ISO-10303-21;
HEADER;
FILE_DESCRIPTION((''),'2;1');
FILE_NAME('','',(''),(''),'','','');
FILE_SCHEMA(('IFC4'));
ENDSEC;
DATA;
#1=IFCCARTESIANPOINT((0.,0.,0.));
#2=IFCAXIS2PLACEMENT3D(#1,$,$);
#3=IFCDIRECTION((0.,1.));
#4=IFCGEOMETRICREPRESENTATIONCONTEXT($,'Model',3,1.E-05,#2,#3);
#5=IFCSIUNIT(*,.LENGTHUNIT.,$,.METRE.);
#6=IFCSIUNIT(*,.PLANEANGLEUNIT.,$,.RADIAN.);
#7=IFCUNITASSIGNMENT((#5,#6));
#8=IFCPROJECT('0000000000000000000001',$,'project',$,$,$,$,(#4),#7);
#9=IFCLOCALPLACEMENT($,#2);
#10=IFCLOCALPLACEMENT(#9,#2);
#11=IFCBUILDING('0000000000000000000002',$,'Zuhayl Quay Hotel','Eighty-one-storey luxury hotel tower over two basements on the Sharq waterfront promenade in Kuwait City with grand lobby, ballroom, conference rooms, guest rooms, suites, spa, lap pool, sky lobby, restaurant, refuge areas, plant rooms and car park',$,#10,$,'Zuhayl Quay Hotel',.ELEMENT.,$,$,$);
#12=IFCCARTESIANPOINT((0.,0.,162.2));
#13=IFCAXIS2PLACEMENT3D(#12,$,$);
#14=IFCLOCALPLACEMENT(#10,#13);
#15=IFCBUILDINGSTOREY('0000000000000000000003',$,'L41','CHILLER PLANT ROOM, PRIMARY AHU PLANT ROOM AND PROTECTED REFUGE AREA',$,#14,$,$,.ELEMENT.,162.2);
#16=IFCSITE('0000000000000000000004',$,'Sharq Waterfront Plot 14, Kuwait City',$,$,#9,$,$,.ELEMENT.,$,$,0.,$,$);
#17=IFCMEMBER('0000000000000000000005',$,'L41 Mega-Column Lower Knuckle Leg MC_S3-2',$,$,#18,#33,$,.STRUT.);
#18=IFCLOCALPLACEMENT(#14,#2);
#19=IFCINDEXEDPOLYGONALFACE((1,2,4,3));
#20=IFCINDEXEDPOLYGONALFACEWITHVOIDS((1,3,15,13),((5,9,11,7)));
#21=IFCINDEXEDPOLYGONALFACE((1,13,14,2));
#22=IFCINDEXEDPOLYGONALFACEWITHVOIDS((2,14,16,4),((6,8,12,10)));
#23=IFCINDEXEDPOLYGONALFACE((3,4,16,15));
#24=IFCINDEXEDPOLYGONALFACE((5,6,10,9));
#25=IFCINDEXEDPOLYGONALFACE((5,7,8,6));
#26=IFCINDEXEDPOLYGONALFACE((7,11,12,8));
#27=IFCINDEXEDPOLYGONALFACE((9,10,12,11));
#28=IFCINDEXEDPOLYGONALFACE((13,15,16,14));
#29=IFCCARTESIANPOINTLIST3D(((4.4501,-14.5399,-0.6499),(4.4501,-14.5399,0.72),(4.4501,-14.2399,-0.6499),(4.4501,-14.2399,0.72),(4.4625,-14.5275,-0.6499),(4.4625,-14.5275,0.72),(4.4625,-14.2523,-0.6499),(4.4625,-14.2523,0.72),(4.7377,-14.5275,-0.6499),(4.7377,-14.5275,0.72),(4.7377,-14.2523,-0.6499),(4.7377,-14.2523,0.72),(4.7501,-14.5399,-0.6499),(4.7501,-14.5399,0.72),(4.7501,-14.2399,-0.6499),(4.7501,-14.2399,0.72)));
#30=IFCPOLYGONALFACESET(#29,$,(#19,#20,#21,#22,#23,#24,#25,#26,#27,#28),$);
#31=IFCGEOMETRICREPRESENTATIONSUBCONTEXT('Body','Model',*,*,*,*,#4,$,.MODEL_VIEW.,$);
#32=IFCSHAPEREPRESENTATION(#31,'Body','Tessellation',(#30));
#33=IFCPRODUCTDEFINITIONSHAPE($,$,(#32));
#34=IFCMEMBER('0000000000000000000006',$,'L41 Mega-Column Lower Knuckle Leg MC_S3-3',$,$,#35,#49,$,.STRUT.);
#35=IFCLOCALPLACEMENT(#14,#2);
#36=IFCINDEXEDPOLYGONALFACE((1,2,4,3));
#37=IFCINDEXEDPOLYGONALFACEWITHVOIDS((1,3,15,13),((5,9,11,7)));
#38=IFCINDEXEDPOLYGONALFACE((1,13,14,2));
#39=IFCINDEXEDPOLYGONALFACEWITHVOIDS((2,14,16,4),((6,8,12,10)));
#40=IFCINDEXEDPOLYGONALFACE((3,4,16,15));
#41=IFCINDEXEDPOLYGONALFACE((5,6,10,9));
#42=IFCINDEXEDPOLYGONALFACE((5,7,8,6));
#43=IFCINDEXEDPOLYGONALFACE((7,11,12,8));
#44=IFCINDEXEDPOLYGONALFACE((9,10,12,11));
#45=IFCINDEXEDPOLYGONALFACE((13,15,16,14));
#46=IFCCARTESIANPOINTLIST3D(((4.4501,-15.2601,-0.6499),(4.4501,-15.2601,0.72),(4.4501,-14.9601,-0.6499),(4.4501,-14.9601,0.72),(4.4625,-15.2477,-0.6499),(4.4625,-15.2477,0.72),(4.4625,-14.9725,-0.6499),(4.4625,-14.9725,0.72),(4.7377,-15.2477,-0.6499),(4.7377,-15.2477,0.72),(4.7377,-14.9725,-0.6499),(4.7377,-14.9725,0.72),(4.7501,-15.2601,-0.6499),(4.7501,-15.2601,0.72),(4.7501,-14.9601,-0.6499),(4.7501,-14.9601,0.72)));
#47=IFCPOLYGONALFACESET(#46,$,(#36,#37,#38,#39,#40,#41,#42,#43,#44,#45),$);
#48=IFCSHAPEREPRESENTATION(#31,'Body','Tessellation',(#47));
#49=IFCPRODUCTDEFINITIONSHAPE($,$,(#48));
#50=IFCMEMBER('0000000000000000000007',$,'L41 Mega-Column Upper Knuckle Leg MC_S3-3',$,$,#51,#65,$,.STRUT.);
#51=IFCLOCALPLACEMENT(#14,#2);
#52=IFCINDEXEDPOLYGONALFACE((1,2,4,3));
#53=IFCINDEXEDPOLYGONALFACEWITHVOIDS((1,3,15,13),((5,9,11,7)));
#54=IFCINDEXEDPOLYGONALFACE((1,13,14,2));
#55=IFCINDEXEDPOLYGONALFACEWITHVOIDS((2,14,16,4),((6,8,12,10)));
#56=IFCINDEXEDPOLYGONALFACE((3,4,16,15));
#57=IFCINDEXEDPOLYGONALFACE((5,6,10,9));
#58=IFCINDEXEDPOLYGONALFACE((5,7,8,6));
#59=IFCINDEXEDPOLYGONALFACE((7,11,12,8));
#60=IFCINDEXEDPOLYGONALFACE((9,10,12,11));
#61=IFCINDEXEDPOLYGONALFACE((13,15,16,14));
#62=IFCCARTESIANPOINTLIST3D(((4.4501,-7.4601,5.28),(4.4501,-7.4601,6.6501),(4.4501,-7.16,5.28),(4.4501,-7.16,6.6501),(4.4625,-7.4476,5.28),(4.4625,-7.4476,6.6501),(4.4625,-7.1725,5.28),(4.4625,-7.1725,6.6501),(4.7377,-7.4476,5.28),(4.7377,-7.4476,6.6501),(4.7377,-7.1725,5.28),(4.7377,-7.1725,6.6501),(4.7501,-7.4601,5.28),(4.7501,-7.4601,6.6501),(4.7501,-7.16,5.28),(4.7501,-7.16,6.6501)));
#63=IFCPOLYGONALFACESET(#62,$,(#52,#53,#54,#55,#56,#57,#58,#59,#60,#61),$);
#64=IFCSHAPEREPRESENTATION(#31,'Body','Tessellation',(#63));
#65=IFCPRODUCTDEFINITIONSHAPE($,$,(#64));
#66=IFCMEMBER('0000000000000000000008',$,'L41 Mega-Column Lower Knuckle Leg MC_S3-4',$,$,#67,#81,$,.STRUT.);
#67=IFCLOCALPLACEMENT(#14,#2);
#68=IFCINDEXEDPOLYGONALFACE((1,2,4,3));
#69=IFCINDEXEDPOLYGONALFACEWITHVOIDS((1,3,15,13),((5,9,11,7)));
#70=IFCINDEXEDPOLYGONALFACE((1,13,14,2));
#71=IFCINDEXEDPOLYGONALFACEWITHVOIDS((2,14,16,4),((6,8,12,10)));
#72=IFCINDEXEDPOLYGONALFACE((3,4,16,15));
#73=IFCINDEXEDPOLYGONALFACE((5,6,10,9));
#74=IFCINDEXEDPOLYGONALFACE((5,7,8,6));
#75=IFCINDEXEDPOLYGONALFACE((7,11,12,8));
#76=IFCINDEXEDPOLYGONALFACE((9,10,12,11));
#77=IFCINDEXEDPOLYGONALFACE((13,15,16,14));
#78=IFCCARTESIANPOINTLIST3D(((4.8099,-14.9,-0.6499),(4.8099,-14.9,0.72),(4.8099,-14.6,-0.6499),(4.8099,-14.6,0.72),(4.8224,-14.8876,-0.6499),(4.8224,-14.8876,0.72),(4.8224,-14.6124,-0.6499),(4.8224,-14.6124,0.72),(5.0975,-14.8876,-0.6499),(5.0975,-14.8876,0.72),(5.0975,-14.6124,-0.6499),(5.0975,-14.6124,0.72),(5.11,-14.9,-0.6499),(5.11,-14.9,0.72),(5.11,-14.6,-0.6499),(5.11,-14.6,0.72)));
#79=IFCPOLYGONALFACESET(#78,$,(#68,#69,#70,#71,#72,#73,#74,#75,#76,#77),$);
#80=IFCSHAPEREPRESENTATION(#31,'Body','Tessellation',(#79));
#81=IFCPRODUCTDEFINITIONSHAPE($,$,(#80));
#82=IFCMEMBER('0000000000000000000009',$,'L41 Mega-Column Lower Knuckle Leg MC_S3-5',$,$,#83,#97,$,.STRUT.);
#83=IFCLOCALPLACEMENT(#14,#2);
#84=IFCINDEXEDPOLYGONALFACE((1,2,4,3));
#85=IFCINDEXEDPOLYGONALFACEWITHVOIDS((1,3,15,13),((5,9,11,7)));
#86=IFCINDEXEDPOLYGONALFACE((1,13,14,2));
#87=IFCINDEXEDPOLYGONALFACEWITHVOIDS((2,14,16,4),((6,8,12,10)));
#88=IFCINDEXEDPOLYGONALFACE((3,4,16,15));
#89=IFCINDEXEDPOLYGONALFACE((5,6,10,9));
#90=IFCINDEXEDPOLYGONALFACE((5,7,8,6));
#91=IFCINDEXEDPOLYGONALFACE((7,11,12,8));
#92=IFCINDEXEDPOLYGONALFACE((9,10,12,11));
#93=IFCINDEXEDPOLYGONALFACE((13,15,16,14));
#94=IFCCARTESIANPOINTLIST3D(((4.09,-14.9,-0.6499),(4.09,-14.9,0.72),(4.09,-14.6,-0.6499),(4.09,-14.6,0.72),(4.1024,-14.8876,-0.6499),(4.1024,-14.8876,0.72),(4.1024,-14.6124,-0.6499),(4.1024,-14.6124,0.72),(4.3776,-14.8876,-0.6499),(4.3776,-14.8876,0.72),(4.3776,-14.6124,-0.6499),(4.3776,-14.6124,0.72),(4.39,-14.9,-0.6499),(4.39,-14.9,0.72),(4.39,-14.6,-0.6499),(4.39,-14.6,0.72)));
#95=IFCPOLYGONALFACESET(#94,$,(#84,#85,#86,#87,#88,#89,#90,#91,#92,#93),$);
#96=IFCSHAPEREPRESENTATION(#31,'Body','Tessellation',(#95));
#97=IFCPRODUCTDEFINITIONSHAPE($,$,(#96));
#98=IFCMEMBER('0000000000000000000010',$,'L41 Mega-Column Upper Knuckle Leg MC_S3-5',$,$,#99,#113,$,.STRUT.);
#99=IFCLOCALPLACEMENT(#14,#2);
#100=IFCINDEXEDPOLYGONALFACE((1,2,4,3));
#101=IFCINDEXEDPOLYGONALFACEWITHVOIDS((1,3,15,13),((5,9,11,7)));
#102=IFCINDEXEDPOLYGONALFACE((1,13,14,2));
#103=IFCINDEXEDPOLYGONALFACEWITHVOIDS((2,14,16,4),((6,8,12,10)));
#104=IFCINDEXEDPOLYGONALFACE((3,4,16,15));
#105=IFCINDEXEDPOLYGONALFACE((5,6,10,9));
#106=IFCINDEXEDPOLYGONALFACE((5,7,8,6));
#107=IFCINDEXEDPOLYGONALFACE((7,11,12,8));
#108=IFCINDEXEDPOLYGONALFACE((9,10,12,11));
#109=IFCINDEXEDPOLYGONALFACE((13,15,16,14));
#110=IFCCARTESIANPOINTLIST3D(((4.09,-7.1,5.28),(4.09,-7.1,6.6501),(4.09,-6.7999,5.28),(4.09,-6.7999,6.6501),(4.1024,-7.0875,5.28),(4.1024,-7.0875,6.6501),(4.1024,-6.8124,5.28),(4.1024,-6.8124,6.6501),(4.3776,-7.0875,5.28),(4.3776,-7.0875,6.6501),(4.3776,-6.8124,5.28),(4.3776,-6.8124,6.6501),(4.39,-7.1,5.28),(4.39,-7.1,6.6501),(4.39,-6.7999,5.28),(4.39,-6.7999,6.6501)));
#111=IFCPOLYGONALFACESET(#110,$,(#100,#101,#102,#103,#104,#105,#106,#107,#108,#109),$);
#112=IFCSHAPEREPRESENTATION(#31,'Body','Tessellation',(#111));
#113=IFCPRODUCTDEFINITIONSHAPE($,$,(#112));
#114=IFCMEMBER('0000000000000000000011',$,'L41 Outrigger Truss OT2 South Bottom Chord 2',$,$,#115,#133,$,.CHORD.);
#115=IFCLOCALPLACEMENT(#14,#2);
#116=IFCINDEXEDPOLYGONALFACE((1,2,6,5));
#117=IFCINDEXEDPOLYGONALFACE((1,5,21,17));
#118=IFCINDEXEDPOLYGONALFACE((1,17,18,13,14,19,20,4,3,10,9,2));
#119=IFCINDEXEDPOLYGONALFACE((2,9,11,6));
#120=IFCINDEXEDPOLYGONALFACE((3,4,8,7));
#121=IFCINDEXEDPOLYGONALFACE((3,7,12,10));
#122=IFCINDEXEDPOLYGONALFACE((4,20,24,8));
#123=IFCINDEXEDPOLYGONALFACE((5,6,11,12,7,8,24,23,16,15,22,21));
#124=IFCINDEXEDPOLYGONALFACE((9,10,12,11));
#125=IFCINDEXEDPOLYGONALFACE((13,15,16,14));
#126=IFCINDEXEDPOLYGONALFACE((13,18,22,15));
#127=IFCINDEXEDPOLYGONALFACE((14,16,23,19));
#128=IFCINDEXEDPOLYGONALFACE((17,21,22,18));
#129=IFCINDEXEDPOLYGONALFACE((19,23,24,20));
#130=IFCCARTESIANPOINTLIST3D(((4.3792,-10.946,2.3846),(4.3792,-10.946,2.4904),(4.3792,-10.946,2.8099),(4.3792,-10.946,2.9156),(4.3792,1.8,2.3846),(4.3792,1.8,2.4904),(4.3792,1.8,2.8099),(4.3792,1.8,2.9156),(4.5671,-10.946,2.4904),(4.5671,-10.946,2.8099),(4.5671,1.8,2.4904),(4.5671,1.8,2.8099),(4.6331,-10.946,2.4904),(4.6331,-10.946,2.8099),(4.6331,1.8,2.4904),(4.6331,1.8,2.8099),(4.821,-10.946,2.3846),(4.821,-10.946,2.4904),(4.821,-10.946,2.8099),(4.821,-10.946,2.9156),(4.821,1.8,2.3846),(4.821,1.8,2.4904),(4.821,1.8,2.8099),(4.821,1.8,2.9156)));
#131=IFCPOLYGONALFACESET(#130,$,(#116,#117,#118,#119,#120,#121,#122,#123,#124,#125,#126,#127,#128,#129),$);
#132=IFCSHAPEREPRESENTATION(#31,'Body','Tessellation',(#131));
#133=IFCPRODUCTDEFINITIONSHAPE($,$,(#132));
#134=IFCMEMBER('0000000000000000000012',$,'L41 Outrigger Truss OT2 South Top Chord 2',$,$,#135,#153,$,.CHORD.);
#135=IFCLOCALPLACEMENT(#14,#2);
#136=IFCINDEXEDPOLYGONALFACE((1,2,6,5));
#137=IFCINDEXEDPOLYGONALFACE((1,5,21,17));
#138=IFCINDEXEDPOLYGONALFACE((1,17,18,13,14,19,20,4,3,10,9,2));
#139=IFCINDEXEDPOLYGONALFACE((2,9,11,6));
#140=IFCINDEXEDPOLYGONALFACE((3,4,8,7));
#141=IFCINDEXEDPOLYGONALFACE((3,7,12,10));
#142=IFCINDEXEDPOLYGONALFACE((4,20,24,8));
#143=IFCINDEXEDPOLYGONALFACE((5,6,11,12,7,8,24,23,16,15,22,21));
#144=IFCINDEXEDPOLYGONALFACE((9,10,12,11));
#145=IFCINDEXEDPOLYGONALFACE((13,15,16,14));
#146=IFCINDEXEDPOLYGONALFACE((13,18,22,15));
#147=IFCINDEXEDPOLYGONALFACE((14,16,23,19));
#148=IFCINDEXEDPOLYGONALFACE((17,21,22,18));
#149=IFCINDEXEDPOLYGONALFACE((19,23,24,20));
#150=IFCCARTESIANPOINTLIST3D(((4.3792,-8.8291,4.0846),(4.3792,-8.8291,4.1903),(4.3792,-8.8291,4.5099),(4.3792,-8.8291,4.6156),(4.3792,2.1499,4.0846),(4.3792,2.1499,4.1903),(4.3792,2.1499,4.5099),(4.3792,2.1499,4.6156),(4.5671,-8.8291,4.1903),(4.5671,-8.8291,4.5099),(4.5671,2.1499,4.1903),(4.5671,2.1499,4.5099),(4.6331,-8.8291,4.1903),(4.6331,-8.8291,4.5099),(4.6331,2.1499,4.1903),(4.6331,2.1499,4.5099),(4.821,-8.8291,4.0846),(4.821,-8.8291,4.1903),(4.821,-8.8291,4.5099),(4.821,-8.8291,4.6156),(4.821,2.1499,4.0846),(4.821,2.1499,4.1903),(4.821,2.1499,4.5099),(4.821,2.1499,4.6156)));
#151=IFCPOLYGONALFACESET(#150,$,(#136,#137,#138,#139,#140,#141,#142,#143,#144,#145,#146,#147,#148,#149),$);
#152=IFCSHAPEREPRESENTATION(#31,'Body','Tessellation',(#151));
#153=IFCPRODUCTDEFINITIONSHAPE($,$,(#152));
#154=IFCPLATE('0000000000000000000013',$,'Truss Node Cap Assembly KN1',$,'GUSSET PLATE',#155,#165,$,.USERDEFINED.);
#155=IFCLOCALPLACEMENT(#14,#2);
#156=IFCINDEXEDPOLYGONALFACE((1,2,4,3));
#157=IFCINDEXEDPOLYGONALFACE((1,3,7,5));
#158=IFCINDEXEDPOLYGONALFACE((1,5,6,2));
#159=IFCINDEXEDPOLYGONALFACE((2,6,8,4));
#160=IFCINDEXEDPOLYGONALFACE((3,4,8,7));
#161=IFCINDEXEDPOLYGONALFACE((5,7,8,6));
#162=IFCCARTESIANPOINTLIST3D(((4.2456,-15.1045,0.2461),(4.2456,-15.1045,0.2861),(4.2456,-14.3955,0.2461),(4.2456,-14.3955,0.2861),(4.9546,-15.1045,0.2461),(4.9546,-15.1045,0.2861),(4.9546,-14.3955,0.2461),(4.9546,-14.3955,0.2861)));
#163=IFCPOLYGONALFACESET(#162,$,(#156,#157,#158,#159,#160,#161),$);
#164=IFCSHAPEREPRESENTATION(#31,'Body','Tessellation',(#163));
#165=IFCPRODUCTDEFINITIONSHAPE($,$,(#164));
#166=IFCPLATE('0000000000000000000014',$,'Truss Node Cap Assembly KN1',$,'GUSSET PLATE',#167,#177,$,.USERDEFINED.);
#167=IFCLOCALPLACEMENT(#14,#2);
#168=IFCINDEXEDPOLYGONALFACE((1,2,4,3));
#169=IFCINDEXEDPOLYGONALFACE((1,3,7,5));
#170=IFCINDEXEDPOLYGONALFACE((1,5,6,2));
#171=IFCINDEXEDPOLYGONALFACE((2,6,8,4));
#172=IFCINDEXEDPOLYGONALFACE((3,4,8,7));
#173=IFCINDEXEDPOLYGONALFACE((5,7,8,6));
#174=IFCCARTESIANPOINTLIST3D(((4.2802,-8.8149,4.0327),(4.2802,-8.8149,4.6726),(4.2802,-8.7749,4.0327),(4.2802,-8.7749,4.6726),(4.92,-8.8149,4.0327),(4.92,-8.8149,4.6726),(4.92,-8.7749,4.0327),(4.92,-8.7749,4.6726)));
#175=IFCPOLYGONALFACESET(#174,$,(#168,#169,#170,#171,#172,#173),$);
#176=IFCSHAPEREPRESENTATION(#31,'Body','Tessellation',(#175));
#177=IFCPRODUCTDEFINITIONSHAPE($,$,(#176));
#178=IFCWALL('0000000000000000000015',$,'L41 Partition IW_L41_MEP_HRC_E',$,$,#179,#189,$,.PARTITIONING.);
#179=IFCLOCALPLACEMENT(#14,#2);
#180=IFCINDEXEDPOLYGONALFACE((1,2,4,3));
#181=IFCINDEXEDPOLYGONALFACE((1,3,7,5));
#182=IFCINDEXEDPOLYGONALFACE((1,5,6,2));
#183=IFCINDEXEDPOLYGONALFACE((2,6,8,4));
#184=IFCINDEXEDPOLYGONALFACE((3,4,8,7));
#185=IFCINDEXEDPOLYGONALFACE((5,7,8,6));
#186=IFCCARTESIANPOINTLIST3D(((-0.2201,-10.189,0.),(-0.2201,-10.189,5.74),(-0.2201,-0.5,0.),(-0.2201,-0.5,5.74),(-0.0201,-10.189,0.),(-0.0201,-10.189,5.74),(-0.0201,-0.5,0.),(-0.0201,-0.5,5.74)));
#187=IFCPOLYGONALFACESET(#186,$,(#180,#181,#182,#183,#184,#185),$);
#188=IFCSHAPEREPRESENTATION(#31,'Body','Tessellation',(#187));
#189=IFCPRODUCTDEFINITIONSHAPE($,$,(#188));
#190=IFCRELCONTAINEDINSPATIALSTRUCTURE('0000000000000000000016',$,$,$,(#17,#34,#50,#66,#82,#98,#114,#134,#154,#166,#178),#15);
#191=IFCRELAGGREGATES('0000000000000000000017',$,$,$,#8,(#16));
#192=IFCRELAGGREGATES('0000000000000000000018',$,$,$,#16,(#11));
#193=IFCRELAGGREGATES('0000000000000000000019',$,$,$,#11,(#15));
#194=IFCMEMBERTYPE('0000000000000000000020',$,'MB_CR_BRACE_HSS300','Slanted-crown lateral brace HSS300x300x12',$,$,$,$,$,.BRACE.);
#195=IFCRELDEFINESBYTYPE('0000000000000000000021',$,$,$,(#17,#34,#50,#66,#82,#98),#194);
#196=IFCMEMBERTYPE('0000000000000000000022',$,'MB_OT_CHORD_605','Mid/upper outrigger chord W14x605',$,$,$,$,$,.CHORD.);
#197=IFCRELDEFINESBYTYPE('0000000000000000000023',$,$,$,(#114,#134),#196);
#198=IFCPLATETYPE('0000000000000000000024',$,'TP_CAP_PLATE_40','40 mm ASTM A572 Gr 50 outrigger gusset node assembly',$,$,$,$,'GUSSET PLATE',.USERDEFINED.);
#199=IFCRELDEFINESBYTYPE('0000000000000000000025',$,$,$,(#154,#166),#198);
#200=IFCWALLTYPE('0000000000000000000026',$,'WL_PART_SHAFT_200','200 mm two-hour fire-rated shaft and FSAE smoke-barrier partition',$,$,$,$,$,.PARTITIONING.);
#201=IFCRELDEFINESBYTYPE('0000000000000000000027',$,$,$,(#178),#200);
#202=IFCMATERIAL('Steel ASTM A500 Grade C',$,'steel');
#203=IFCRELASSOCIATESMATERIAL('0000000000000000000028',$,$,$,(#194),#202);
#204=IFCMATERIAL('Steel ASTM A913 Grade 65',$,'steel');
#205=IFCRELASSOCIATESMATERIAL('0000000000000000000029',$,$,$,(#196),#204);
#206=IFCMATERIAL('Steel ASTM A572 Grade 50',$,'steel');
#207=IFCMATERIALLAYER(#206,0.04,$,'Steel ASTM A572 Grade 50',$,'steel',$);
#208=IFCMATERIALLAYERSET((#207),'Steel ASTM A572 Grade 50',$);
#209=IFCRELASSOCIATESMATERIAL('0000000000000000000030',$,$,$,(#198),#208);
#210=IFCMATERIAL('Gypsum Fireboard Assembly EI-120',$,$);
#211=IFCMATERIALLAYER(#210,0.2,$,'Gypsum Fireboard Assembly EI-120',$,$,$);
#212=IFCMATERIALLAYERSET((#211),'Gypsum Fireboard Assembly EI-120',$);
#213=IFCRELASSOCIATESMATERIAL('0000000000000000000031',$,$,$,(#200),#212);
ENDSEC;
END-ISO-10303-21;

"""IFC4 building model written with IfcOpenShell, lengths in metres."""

from ifc_helpers import new_model, si_unit, direction, frame, frame_2d, origin, origin_2d, place, context, subcontext, project, spatial, rectangle, hollow_rectangle, i_section, extrude, material, layer, layer_set, material_profile, profile_set, type_object, element, save


model = new_model("IFC4")

# Units and contexts
model_context = context("Model", 3, precision=1e-05, world=origin(), true_north=direction((0.0, 1.0)))
body_context = subcontext(model_context, "Body", "Model", "MODEL_VIEW")
ifc_project = project(units=[si_unit("LENGTHUNIT", "METRE"), si_unit("PLANEANGLEUNIT", "RADIAN")], contexts=[model_context])

# Site, building, storey
site_placement = place(None, origin())
site = spatial("IfcSite", under=ifc_project, at=site_placement, Name="Sharq Waterfront Plot 14, Kuwait City", CompositionType="ELEMENT", RefElevation=0.0)
building_placement = place(site_placement, origin())
building = spatial("IfcBuilding", under=site, at=building_placement, Name="Zuhayl Quay Hotel", Description="Eighty-one-storey luxury hotel tower over two basements on the Sharq waterfront promenade in Kuwait City with grand lobby, ballroom, conference rooms, guest rooms, suites, spa, lap pool, sky lobby, restaurant, refuge areas, plant rooms and car park", LongName="Zuhayl Quay Hotel", CompositionType="ELEMENT")
storey_placement = place(building_placement, frame((0.0, 0.0, 162.2)))
storey = spatial("IfcBuildingStorey", under=building, at=storey_placement, Name="L41", Description="CHILLER PLANT ROOM, PRIMARY AHU PLANT ROOM AND PROTECTED REFUGE AREA", CompositionType="ELEMENT", Elevation=162.2)

# Shared definitions
ifc_material_1 = material(Name="Steel ASTM A913 Grade 65", Category="steel")

# Members
ifc_material_2 = material(Name="Steel ASTM A500 Grade C", Category="steel")
ifc_material_profile_1 = material_profile(ifc_material_2, hollow_rectangle(XDim=0.3, YDim=0.3, WallThickness=0.0125, at=origin_2d()), Name="HSS300X300X12")
ifc_profile_set_1 = profile_set([ifc_material_profile_1], Name="Steel ASTM A500 Grade C")
member_type_1 = type_object("IfcMemberType", Name="MB_CR_BRACE_HSS300", Description="Slanted-crown lateral brace HSS300x300x12", PredefinedType="BRACE", material=ifc_profile_set_1)
for number, where, z_axis, x_axis, name in (
    (1, (4.6001, -14.3899, -0.6499), (0.0, 0.0, 1.0), (1.0, 0.0, 0.0), "L41 Mega-Column Lower Knuckle Leg MC_S3-2"),
    (2, (4.6001, -15.1101, -0.6499), (0.0, 0.0, 1.0), (1.0, 0.0, 0.0), "L41 Mega-Column Lower Knuckle Leg MC_S3-3"),
):
    element("IfcMember", number, at=place(storey_placement, frame(where, z_axis=z_axis, x_axis=x_axis)), inside=storey, type_object=member_type_1, Name=name, PredefinedType="STRUT", context=body_context, shape_type="SweptSolid", body=[
        extrude(hollow_rectangle(XDim=0.3, YDim=0.3, WallThickness=0.0125, at=origin_2d()), origin(), (0.0, 0.0, 1.0), 1.3699),
    ])
member_1_placement = place(storey_placement, frame((4.6001, -7.3101, 5.28), z_axis=(0.0, 0.0, 1.0), x_axis=(1.0, 0.0, 0.0)))
element("IfcMember", 3, at=member_1_placement, inside=storey, type_object=member_type_1, Name="L41 Mega-Column Upper Knuckle Leg MC_S3-3", PredefinedType="STRUT", context=body_context, shape_type="SweptSolid", body=[
    extrude(hollow_rectangle(XDim=0.3, YDim=0.3, WallThickness=0.0125, at=origin_2d()), origin(), (0.0, 0.0, 1.0), 1.3701),
])
for number, where, z_axis, x_axis, name in (
    (4, (4.96, -14.75, -0.6499), (0.0, 0.0, 1.0), (1.0, 0.0, 0.0), "L41 Mega-Column Lower Knuckle Leg MC_S3-4"),
    (5, (4.24, -14.75, -0.6499), (0.0, 0.0, 1.0), (1.0, 0.0, 0.0), "L41 Mega-Column Lower Knuckle Leg MC_S3-5"),
):
    element("IfcMember", number, at=place(storey_placement, frame(where, z_axis=z_axis, x_axis=x_axis)), inside=storey, type_object=member_type_1, Name=name, PredefinedType="STRUT", context=body_context, shape_type="SweptSolid", body=[
        extrude(hollow_rectangle(XDim=0.3, YDim=0.3, WallThickness=0.0125, at=origin_2d()), origin(), (0.0, 0.0, 1.0), 1.3699),
    ])
member_2_placement = place(storey_placement, frame((4.24, -6.95, 5.28), z_axis=(0.0, 0.0, 1.0), x_axis=(1.0, 0.0, 0.0)))
element("IfcMember", 6, at=member_2_placement, inside=storey, type_object=member_type_1, Name="L41 Mega-Column Upper Knuckle Leg MC_S3-5", PredefinedType="STRUT", context=body_context, shape_type="SweptSolid", body=[
    extrude(hollow_rectangle(XDim=0.3, YDim=0.3, WallThickness=0.0125, at=origin_2d()), origin(), (0.0, 0.0, 1.0), 1.3701),
])
ifc_material_profile_2 = material_profile(ifc_material_1, i_section(OverallWidth=0.4419, OverallDepth=0.531, WebThickness=0.0659, FlangeThickness=0.1057, at=origin_2d()), Name="W14X605")
ifc_profile_set_2 = profile_set([ifc_material_profile_2], Name="Steel ASTM A913 Grade 65")
member_type_2 = type_object("IfcMemberType", Name="MB_OT_CHORD_605", Description="Mid/upper outrigger chord W14x605", PredefinedType="CHORD", material=ifc_profile_set_2)
member_3_placement = place(storey_placement, frame((4.6001, -10.946, 2.6501), z_axis=(0.0, 1.0, 0.0), x_axis=(-1.0, 0.0, 0.0)))
element("IfcMember", 7, at=member_3_placement, inside=storey, type_object=member_type_2, Name="L41 Outrigger Truss OT2 South Bottom Chord 2", PredefinedType="CHORD", context=body_context, shape_type="SweptSolid", body=[
    extrude(i_section(OverallWidth=0.4419, OverallDepth=0.531, WebThickness=0.0659, FlangeThickness=0.1057, at=origin_2d()), origin(), (0.0, 0.0, 1.0), 12.7461),
])
member_4_placement = place(storey_placement, frame((4.6001, -8.8291, 4.3501), z_axis=(0.0, 1.0, 0.0), x_axis=(-1.0, 0.0, 0.0)))
element("IfcMember", 8, at=member_4_placement, inside=storey, type_object=member_type_2, Name="L41 Outrigger Truss OT2 South Top Chord 2", PredefinedType="CHORD", context=body_context, shape_type="SweptSolid", body=[
    extrude(i_section(OverallWidth=0.4419, OverallDepth=0.531, WebThickness=0.0659, FlangeThickness=0.1057, at=origin_2d()), origin(), (0.0, 0.0, 1.0), 10.979),
])

# Plates
ifc_material_3 = material(Name="Steel ASTM A572 Grade 50", Category="steel")
ifc_layer_1 = layer(ifc_material_3, 0.04, Name="Steel ASTM A572 Grade 50", Category="steel")
ifc_layer_set_1 = layer_set([ifc_layer_1], Name="Steel ASTM A572 Grade 50")
plate_type = type_object("IfcPlateType", Name="TP_CAP_PLATE_40", Description="40 mm ASTM A572 Gr 50 outrigger gusset node assembly", ElementType="GUSSET PLATE", PredefinedType="USERDEFINED", material=ifc_layer_set_1)
plate_1_placement = place(storey_placement, frame((4.6001, -14.75, 0.2461), z_axis=(0.0, 0.0, 1.0), x_axis=(1.0, 0.0, 0.0)))
element("IfcPlate", 9, at=plate_1_placement, inside=storey, type_object=plate_type, Name="Truss Node Cap Assembly KN1", ObjectType="GUSSET PLATE", PredefinedType="USERDEFINED", context=body_context, shape_type="SweptSolid", body=[
    extrude(rectangle(XDim=0.709, YDim=0.709, at=origin_2d()), origin(), (0.0, 0.0, 1.0), 0.04),
])
plate_2_placement = place(storey_placement, frame((4.6001, -8.7949, 4.0327), z_axis=(0.0, 0.0, 1.0), x_axis=(0.0, -1.0, 0.0)))
element("IfcPlate", 10, at=plate_2_placement, inside=storey, type_object=plate_type, Name="Truss Node Cap Assembly KN1", ObjectType="GUSSET PLATE", PredefinedType="USERDEFINED", context=body_context, shape_type="SweptSolid", body=[
    extrude(rectangle(XDim=0.04, YDim=0.6399, at=origin_2d()), origin(), (0.0, 0.0, 1.0), 0.6399),
])

# Wall
ifc_material_4 = material(Name="Gypsum Fireboard Assembly EI-120")
ifc_layer_2 = layer(ifc_material_4, 0.2, Name="Gypsum Fireboard Assembly EI-120")
ifc_layer_set_2 = layer_set([ifc_layer_2], Name="Gypsum Fireboard Assembly EI-120")
wall_type = type_object("IfcWallType", Name="WL_PART_SHAFT_200", Description="200 mm two-hour fire-rated shaft and FSAE smoke-barrier partition", PredefinedType="PARTITIONING", material=ifc_layer_set_2)
wall_1_placement = place(storey_placement, frame((-0.1201, -10.189, 0.0), z_axis=(0.0, 0.0, 1.0), x_axis=(0.0, 1.0, 0.0)))
element("IfcWall", 11, at=wall_1_placement, inside=storey, type_object=wall_type, Name="L41 Partition IW_L41_MEP_HRC_E", PredefinedType="PARTITIONING", context=body_context, shape_type="SweptSolid", body=[
    extrude(rectangle(XDim=9.689, YDim=0.2, at=frame_2d((4.8445, 0.0))), origin(), (0.0, 0.0, 1.0), 5.74),
])

save(model, "model.ifc")
